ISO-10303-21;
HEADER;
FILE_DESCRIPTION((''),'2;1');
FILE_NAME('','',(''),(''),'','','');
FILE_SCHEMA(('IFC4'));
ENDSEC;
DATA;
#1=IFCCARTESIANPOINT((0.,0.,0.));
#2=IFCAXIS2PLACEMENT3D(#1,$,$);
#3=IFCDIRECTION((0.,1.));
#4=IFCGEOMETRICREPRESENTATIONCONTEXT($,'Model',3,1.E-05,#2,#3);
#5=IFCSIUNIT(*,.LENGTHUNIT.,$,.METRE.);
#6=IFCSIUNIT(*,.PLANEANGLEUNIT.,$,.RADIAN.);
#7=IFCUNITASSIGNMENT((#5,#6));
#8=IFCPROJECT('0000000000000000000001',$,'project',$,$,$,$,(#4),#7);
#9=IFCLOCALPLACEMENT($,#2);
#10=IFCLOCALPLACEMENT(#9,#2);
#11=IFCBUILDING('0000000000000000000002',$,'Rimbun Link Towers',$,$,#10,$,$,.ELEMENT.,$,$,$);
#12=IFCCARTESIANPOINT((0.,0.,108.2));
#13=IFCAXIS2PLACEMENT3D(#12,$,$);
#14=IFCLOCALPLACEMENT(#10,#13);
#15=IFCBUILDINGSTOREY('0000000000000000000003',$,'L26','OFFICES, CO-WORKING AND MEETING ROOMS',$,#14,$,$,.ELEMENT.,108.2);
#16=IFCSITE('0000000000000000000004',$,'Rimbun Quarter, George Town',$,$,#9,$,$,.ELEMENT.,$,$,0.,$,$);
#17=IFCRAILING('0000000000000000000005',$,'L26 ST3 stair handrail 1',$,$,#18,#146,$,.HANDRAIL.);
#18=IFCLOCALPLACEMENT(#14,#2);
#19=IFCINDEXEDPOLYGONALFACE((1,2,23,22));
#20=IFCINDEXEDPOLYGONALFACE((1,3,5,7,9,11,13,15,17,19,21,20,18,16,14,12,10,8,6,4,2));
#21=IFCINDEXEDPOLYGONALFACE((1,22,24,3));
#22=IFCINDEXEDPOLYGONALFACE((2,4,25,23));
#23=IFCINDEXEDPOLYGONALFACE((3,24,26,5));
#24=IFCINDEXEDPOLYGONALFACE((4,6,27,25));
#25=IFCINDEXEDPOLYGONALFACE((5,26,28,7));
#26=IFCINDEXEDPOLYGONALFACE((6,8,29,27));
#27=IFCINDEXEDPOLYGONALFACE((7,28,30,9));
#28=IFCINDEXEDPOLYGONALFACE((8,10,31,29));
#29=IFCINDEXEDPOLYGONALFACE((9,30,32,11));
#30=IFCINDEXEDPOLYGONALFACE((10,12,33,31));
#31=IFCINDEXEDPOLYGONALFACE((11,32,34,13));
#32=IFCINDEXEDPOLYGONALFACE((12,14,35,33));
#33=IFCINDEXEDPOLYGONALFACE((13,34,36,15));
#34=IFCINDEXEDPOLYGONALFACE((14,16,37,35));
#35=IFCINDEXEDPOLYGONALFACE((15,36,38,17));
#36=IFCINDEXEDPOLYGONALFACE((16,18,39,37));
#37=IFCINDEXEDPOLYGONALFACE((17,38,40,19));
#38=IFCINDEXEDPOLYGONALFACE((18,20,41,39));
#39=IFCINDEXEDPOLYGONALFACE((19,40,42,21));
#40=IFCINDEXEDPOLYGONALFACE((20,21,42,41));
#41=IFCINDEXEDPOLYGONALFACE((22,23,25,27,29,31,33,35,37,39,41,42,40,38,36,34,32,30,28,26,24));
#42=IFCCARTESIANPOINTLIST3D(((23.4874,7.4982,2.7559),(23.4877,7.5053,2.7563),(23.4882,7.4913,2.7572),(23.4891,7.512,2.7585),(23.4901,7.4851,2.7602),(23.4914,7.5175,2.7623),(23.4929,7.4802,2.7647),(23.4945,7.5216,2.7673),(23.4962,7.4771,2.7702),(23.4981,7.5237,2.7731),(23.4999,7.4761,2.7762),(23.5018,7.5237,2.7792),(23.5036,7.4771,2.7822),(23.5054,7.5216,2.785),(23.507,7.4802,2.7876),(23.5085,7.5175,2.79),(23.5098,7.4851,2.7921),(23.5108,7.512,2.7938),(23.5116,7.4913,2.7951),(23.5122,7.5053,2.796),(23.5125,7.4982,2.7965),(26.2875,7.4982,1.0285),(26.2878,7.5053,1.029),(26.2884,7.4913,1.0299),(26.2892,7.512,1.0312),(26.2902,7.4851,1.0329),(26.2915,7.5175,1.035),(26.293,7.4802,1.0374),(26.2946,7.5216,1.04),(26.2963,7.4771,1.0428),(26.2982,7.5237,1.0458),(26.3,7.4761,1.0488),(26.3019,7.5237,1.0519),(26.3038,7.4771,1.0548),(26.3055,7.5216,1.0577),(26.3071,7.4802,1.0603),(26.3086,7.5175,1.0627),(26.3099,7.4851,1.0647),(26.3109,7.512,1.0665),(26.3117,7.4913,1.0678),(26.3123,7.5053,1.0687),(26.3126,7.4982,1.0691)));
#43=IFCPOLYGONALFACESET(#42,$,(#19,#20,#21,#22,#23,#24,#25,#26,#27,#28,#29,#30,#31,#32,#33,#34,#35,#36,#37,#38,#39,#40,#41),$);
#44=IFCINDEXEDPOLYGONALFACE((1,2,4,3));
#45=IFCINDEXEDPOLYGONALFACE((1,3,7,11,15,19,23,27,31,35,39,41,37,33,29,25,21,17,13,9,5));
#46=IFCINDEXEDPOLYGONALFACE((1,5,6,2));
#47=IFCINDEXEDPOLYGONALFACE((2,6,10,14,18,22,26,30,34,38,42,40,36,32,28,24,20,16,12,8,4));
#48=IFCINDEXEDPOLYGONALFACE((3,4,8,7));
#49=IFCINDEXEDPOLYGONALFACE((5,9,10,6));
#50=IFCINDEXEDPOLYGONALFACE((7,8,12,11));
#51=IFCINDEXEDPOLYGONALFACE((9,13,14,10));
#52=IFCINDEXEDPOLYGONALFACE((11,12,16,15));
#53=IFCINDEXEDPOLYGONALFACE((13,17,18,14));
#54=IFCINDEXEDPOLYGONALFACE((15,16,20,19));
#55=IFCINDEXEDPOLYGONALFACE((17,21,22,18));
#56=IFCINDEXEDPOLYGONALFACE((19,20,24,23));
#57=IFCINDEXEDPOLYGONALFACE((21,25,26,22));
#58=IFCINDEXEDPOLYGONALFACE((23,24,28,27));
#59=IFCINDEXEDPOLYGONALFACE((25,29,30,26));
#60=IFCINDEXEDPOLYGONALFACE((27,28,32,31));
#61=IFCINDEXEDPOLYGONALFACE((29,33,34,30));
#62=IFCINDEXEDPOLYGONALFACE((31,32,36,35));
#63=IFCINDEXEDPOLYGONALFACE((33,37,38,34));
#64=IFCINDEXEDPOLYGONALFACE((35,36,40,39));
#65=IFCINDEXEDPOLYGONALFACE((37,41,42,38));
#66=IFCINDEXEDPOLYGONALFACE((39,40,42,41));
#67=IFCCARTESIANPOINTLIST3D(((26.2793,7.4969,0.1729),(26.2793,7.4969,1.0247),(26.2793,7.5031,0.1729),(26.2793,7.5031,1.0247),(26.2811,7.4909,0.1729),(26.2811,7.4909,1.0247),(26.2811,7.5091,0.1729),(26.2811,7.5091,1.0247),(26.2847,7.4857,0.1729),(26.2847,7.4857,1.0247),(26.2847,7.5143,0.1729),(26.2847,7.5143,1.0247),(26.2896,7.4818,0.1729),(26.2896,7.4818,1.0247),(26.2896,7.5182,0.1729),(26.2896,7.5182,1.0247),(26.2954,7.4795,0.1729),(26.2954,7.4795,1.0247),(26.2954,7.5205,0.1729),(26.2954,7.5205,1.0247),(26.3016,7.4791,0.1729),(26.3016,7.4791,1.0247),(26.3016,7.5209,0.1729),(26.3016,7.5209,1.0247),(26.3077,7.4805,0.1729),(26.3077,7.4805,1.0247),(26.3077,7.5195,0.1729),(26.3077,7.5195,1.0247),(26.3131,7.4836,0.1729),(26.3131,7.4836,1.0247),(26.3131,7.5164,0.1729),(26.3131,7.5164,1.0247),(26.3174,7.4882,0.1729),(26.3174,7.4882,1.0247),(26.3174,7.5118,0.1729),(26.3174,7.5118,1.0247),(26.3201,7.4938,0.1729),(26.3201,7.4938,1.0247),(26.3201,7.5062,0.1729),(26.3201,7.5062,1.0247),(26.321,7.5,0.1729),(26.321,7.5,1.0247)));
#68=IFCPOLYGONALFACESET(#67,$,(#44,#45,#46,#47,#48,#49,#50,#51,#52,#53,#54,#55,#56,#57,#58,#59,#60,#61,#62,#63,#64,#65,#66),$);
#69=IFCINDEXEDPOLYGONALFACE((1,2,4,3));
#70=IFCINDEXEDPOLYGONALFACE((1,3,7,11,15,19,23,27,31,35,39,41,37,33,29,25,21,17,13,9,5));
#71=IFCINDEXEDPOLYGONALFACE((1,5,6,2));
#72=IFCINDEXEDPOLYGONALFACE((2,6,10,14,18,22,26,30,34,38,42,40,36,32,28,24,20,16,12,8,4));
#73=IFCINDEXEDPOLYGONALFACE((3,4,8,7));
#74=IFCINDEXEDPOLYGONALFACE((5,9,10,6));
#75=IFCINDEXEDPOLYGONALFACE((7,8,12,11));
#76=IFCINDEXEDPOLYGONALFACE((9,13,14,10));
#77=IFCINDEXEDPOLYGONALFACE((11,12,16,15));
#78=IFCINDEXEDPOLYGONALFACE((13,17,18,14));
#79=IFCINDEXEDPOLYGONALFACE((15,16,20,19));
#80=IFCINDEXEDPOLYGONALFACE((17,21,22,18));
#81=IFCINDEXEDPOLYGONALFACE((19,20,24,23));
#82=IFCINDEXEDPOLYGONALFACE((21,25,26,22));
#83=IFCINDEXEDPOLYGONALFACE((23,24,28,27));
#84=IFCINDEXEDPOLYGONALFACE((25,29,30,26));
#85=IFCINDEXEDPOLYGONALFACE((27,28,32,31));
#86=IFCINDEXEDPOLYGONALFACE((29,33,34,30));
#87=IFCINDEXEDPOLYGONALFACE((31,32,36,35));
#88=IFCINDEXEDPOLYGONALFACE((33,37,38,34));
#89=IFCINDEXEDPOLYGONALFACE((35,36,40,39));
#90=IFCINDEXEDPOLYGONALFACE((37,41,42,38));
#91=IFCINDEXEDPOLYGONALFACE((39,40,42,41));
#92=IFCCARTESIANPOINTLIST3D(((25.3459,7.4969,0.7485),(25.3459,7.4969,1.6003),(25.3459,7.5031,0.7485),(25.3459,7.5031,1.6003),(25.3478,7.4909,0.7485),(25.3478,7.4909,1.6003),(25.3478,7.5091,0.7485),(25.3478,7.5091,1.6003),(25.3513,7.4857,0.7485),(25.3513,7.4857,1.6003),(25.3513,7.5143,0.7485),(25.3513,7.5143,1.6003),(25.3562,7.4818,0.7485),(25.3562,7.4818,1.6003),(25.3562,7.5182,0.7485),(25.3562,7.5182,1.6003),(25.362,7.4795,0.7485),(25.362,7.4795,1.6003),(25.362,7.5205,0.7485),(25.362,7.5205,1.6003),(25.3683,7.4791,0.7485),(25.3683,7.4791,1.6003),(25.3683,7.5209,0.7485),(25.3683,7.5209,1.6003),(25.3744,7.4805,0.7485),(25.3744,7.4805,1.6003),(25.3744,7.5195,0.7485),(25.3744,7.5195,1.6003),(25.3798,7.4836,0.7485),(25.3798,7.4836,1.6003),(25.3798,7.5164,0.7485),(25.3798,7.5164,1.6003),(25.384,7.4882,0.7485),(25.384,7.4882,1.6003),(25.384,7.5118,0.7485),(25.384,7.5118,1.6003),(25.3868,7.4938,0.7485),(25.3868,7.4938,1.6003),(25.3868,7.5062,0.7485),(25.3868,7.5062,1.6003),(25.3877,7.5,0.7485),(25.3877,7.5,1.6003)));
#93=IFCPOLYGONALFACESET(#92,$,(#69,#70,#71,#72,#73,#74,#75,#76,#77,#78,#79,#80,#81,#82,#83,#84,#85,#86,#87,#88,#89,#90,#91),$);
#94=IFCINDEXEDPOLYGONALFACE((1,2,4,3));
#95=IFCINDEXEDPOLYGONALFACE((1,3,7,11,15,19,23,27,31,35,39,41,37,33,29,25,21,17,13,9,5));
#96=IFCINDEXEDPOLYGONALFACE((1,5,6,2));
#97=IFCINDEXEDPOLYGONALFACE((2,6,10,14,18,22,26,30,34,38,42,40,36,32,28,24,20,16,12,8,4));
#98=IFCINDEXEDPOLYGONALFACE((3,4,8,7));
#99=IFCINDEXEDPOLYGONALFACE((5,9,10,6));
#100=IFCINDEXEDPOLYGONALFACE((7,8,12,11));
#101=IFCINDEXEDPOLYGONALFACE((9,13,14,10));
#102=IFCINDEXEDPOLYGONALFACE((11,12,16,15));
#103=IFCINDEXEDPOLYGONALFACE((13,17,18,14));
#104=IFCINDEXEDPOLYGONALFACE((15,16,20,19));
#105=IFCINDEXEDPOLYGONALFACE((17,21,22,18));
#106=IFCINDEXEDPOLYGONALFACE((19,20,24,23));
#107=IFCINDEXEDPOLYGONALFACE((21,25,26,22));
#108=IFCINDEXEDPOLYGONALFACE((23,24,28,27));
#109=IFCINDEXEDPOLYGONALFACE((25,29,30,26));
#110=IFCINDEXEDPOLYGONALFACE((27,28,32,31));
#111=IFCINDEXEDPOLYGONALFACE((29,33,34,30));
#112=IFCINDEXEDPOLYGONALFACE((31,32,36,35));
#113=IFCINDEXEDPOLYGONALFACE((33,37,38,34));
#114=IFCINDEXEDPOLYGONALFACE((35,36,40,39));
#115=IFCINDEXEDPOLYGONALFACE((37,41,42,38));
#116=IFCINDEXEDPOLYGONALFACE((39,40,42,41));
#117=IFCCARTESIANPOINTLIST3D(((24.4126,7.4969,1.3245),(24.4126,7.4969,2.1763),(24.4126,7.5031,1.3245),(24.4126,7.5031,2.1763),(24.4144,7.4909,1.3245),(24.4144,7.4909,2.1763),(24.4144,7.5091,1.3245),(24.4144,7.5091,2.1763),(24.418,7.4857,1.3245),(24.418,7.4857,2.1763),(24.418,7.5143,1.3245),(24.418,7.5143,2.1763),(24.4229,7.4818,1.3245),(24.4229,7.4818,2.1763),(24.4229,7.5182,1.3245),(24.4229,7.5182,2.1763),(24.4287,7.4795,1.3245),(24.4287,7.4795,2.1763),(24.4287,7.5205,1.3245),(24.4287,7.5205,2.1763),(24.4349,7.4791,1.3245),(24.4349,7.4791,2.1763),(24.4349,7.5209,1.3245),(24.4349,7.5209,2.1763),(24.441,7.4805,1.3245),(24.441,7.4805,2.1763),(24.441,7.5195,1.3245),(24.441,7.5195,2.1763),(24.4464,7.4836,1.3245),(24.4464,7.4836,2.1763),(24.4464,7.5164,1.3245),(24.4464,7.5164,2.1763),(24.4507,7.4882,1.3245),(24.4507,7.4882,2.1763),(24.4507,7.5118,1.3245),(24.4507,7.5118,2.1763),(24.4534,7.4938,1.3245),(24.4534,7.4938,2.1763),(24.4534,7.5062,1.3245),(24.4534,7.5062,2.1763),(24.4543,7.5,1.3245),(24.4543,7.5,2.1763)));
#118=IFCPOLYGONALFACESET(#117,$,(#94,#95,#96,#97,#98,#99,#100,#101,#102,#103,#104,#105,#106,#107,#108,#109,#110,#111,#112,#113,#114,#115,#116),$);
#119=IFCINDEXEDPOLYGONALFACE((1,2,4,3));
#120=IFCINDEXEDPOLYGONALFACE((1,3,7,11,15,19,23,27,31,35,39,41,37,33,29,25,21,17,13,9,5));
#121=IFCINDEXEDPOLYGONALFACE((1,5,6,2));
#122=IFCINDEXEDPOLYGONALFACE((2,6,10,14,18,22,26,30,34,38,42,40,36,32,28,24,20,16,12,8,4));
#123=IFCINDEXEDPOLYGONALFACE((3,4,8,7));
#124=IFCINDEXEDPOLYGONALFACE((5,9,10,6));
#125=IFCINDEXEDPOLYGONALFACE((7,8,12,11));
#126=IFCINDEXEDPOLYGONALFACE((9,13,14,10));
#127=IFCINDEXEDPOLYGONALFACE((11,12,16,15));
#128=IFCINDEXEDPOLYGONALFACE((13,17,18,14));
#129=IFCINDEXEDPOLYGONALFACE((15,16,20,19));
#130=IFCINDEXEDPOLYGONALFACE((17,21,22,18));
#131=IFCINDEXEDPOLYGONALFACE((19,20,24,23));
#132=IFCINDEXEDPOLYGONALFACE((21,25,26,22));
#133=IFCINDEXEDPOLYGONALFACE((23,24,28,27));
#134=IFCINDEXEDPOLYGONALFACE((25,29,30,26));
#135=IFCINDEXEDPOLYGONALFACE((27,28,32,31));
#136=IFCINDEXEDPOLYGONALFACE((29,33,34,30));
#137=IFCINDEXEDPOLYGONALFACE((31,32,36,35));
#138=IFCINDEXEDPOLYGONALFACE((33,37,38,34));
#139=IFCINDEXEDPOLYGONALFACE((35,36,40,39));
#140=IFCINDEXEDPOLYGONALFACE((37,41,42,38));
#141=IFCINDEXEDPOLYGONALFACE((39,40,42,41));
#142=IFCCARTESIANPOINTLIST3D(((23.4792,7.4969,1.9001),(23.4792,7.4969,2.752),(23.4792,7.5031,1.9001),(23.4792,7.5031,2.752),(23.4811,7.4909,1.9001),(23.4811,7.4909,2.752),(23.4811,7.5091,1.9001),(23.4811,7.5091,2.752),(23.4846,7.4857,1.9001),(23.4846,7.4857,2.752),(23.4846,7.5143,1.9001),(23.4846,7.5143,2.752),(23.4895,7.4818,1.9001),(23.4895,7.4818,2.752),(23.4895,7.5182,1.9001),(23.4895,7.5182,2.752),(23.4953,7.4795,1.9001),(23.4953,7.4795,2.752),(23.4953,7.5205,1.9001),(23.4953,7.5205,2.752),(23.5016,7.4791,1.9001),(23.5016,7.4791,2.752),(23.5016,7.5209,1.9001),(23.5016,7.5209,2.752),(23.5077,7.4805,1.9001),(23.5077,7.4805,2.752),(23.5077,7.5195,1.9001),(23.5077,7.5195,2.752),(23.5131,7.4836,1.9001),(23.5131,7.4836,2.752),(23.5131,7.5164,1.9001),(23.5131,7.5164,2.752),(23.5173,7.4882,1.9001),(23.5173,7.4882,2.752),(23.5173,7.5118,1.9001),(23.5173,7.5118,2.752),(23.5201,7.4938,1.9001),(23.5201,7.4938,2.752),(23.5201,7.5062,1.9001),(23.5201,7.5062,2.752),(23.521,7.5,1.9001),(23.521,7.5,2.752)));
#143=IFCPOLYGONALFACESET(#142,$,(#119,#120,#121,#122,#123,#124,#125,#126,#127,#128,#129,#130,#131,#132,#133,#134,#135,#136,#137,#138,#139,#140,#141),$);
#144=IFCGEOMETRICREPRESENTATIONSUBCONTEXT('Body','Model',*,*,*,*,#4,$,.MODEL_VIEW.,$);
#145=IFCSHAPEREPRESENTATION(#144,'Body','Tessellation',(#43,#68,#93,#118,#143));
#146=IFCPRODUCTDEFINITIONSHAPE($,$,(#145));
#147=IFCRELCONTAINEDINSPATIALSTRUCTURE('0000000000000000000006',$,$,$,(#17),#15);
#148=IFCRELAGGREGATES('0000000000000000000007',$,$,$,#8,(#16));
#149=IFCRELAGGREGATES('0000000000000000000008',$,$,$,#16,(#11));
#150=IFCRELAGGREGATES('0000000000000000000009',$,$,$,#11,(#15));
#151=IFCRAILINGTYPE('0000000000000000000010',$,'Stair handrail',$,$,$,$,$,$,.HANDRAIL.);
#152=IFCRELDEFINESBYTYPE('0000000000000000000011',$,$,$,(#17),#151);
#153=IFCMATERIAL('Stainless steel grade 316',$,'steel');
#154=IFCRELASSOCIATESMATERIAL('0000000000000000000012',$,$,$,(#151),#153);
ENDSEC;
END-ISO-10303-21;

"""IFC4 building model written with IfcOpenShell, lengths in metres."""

from ifc_helpers import new_model, si_unit, direction, frame, origin, origin_2d, place, context, subcontext, project, spatial, circle, extrude, material, type_object, element, save


model = new_model("IFC4")

# Units and contexts
model_context = context("Model", 3, precision=1e-05, world=origin(), true_north=direction((0.0, 1.0)))
body_context = subcontext(model_context, "Body", "Model", "MODEL_VIEW")
ifc_project = project(units=[si_unit("LENGTHUNIT", "METRE"), si_unit("PLANEANGLEUNIT", "RADIAN")], contexts=[model_context])

# Site, building, storey
site_placement = place(None, origin())
site = spatial("IfcSite", under=ifc_project, at=site_placement, Name="Rimbun Quarter, George Town", CompositionType="ELEMENT", RefElevation=0.0)
building_placement = place(site_placement, origin())
building = spatial("IfcBuilding", under=site, at=building_placement, Name="Rimbun Link Towers", CompositionType="ELEMENT")
storey_placement = place(building_placement, frame((0.0, 0.0, 108.2)))
storey = spatial("IfcBuildingStorey", under=building, at=storey_placement, Name="L26", Description="OFFICES, CO-WORKING AND MEETING ROOMS", CompositionType="ELEMENT", Elevation=108.2)

# Railing
ifc_material_1 = material(Name="Stainless steel grade 316", Category="steel")
railing_type_1 = type_object("IfcRailingType", Name="Stair handrail", PredefinedType="HANDRAIL", material=ifc_material_1)
railing_1_placement = place(storey_placement, frame((26.3, 7.5, 0.1729)))
element("IfcRailing", 1, at=railing_1_placement, inside=storey, type_object=railing_type_1, Name="L26 ST3 stair handrail 1", PredefinedType="HANDRAIL", context=body_context, shape_type="SweptSolid", body=[
    extrude(circle(Radius=0.0239, at=origin_2d()), frame((0.0, 0.0, 0.876), z_axis=(-0.85109, 0.0, 0.52502), x_axis=(0.0, -1.0, 0.0)), (0.0, 0.0, 1.0), 3.29),
    extrude(circle(Radius=0.021, at=origin_2d()), origin(), (0.0, 0.0, 1.0), 0.8518),
    extrude(circle(Radius=0.021, at=origin_2d()), frame((-0.9333, 0.0, 0.5757)), (0.0, 0.0, 1.0), 0.8518),
    extrude(circle(Radius=0.021, at=origin_2d()), frame((-1.8667, 0.0, 1.1516)), (0.0, 0.0, 1.0), 0.8518),
    extrude(circle(Radius=0.021, at=origin_2d()), frame((-2.8, 0.0, 1.7273)), (0.0, 0.0, 1.0), 0.8518),
])

save(model, "model.ifc")
